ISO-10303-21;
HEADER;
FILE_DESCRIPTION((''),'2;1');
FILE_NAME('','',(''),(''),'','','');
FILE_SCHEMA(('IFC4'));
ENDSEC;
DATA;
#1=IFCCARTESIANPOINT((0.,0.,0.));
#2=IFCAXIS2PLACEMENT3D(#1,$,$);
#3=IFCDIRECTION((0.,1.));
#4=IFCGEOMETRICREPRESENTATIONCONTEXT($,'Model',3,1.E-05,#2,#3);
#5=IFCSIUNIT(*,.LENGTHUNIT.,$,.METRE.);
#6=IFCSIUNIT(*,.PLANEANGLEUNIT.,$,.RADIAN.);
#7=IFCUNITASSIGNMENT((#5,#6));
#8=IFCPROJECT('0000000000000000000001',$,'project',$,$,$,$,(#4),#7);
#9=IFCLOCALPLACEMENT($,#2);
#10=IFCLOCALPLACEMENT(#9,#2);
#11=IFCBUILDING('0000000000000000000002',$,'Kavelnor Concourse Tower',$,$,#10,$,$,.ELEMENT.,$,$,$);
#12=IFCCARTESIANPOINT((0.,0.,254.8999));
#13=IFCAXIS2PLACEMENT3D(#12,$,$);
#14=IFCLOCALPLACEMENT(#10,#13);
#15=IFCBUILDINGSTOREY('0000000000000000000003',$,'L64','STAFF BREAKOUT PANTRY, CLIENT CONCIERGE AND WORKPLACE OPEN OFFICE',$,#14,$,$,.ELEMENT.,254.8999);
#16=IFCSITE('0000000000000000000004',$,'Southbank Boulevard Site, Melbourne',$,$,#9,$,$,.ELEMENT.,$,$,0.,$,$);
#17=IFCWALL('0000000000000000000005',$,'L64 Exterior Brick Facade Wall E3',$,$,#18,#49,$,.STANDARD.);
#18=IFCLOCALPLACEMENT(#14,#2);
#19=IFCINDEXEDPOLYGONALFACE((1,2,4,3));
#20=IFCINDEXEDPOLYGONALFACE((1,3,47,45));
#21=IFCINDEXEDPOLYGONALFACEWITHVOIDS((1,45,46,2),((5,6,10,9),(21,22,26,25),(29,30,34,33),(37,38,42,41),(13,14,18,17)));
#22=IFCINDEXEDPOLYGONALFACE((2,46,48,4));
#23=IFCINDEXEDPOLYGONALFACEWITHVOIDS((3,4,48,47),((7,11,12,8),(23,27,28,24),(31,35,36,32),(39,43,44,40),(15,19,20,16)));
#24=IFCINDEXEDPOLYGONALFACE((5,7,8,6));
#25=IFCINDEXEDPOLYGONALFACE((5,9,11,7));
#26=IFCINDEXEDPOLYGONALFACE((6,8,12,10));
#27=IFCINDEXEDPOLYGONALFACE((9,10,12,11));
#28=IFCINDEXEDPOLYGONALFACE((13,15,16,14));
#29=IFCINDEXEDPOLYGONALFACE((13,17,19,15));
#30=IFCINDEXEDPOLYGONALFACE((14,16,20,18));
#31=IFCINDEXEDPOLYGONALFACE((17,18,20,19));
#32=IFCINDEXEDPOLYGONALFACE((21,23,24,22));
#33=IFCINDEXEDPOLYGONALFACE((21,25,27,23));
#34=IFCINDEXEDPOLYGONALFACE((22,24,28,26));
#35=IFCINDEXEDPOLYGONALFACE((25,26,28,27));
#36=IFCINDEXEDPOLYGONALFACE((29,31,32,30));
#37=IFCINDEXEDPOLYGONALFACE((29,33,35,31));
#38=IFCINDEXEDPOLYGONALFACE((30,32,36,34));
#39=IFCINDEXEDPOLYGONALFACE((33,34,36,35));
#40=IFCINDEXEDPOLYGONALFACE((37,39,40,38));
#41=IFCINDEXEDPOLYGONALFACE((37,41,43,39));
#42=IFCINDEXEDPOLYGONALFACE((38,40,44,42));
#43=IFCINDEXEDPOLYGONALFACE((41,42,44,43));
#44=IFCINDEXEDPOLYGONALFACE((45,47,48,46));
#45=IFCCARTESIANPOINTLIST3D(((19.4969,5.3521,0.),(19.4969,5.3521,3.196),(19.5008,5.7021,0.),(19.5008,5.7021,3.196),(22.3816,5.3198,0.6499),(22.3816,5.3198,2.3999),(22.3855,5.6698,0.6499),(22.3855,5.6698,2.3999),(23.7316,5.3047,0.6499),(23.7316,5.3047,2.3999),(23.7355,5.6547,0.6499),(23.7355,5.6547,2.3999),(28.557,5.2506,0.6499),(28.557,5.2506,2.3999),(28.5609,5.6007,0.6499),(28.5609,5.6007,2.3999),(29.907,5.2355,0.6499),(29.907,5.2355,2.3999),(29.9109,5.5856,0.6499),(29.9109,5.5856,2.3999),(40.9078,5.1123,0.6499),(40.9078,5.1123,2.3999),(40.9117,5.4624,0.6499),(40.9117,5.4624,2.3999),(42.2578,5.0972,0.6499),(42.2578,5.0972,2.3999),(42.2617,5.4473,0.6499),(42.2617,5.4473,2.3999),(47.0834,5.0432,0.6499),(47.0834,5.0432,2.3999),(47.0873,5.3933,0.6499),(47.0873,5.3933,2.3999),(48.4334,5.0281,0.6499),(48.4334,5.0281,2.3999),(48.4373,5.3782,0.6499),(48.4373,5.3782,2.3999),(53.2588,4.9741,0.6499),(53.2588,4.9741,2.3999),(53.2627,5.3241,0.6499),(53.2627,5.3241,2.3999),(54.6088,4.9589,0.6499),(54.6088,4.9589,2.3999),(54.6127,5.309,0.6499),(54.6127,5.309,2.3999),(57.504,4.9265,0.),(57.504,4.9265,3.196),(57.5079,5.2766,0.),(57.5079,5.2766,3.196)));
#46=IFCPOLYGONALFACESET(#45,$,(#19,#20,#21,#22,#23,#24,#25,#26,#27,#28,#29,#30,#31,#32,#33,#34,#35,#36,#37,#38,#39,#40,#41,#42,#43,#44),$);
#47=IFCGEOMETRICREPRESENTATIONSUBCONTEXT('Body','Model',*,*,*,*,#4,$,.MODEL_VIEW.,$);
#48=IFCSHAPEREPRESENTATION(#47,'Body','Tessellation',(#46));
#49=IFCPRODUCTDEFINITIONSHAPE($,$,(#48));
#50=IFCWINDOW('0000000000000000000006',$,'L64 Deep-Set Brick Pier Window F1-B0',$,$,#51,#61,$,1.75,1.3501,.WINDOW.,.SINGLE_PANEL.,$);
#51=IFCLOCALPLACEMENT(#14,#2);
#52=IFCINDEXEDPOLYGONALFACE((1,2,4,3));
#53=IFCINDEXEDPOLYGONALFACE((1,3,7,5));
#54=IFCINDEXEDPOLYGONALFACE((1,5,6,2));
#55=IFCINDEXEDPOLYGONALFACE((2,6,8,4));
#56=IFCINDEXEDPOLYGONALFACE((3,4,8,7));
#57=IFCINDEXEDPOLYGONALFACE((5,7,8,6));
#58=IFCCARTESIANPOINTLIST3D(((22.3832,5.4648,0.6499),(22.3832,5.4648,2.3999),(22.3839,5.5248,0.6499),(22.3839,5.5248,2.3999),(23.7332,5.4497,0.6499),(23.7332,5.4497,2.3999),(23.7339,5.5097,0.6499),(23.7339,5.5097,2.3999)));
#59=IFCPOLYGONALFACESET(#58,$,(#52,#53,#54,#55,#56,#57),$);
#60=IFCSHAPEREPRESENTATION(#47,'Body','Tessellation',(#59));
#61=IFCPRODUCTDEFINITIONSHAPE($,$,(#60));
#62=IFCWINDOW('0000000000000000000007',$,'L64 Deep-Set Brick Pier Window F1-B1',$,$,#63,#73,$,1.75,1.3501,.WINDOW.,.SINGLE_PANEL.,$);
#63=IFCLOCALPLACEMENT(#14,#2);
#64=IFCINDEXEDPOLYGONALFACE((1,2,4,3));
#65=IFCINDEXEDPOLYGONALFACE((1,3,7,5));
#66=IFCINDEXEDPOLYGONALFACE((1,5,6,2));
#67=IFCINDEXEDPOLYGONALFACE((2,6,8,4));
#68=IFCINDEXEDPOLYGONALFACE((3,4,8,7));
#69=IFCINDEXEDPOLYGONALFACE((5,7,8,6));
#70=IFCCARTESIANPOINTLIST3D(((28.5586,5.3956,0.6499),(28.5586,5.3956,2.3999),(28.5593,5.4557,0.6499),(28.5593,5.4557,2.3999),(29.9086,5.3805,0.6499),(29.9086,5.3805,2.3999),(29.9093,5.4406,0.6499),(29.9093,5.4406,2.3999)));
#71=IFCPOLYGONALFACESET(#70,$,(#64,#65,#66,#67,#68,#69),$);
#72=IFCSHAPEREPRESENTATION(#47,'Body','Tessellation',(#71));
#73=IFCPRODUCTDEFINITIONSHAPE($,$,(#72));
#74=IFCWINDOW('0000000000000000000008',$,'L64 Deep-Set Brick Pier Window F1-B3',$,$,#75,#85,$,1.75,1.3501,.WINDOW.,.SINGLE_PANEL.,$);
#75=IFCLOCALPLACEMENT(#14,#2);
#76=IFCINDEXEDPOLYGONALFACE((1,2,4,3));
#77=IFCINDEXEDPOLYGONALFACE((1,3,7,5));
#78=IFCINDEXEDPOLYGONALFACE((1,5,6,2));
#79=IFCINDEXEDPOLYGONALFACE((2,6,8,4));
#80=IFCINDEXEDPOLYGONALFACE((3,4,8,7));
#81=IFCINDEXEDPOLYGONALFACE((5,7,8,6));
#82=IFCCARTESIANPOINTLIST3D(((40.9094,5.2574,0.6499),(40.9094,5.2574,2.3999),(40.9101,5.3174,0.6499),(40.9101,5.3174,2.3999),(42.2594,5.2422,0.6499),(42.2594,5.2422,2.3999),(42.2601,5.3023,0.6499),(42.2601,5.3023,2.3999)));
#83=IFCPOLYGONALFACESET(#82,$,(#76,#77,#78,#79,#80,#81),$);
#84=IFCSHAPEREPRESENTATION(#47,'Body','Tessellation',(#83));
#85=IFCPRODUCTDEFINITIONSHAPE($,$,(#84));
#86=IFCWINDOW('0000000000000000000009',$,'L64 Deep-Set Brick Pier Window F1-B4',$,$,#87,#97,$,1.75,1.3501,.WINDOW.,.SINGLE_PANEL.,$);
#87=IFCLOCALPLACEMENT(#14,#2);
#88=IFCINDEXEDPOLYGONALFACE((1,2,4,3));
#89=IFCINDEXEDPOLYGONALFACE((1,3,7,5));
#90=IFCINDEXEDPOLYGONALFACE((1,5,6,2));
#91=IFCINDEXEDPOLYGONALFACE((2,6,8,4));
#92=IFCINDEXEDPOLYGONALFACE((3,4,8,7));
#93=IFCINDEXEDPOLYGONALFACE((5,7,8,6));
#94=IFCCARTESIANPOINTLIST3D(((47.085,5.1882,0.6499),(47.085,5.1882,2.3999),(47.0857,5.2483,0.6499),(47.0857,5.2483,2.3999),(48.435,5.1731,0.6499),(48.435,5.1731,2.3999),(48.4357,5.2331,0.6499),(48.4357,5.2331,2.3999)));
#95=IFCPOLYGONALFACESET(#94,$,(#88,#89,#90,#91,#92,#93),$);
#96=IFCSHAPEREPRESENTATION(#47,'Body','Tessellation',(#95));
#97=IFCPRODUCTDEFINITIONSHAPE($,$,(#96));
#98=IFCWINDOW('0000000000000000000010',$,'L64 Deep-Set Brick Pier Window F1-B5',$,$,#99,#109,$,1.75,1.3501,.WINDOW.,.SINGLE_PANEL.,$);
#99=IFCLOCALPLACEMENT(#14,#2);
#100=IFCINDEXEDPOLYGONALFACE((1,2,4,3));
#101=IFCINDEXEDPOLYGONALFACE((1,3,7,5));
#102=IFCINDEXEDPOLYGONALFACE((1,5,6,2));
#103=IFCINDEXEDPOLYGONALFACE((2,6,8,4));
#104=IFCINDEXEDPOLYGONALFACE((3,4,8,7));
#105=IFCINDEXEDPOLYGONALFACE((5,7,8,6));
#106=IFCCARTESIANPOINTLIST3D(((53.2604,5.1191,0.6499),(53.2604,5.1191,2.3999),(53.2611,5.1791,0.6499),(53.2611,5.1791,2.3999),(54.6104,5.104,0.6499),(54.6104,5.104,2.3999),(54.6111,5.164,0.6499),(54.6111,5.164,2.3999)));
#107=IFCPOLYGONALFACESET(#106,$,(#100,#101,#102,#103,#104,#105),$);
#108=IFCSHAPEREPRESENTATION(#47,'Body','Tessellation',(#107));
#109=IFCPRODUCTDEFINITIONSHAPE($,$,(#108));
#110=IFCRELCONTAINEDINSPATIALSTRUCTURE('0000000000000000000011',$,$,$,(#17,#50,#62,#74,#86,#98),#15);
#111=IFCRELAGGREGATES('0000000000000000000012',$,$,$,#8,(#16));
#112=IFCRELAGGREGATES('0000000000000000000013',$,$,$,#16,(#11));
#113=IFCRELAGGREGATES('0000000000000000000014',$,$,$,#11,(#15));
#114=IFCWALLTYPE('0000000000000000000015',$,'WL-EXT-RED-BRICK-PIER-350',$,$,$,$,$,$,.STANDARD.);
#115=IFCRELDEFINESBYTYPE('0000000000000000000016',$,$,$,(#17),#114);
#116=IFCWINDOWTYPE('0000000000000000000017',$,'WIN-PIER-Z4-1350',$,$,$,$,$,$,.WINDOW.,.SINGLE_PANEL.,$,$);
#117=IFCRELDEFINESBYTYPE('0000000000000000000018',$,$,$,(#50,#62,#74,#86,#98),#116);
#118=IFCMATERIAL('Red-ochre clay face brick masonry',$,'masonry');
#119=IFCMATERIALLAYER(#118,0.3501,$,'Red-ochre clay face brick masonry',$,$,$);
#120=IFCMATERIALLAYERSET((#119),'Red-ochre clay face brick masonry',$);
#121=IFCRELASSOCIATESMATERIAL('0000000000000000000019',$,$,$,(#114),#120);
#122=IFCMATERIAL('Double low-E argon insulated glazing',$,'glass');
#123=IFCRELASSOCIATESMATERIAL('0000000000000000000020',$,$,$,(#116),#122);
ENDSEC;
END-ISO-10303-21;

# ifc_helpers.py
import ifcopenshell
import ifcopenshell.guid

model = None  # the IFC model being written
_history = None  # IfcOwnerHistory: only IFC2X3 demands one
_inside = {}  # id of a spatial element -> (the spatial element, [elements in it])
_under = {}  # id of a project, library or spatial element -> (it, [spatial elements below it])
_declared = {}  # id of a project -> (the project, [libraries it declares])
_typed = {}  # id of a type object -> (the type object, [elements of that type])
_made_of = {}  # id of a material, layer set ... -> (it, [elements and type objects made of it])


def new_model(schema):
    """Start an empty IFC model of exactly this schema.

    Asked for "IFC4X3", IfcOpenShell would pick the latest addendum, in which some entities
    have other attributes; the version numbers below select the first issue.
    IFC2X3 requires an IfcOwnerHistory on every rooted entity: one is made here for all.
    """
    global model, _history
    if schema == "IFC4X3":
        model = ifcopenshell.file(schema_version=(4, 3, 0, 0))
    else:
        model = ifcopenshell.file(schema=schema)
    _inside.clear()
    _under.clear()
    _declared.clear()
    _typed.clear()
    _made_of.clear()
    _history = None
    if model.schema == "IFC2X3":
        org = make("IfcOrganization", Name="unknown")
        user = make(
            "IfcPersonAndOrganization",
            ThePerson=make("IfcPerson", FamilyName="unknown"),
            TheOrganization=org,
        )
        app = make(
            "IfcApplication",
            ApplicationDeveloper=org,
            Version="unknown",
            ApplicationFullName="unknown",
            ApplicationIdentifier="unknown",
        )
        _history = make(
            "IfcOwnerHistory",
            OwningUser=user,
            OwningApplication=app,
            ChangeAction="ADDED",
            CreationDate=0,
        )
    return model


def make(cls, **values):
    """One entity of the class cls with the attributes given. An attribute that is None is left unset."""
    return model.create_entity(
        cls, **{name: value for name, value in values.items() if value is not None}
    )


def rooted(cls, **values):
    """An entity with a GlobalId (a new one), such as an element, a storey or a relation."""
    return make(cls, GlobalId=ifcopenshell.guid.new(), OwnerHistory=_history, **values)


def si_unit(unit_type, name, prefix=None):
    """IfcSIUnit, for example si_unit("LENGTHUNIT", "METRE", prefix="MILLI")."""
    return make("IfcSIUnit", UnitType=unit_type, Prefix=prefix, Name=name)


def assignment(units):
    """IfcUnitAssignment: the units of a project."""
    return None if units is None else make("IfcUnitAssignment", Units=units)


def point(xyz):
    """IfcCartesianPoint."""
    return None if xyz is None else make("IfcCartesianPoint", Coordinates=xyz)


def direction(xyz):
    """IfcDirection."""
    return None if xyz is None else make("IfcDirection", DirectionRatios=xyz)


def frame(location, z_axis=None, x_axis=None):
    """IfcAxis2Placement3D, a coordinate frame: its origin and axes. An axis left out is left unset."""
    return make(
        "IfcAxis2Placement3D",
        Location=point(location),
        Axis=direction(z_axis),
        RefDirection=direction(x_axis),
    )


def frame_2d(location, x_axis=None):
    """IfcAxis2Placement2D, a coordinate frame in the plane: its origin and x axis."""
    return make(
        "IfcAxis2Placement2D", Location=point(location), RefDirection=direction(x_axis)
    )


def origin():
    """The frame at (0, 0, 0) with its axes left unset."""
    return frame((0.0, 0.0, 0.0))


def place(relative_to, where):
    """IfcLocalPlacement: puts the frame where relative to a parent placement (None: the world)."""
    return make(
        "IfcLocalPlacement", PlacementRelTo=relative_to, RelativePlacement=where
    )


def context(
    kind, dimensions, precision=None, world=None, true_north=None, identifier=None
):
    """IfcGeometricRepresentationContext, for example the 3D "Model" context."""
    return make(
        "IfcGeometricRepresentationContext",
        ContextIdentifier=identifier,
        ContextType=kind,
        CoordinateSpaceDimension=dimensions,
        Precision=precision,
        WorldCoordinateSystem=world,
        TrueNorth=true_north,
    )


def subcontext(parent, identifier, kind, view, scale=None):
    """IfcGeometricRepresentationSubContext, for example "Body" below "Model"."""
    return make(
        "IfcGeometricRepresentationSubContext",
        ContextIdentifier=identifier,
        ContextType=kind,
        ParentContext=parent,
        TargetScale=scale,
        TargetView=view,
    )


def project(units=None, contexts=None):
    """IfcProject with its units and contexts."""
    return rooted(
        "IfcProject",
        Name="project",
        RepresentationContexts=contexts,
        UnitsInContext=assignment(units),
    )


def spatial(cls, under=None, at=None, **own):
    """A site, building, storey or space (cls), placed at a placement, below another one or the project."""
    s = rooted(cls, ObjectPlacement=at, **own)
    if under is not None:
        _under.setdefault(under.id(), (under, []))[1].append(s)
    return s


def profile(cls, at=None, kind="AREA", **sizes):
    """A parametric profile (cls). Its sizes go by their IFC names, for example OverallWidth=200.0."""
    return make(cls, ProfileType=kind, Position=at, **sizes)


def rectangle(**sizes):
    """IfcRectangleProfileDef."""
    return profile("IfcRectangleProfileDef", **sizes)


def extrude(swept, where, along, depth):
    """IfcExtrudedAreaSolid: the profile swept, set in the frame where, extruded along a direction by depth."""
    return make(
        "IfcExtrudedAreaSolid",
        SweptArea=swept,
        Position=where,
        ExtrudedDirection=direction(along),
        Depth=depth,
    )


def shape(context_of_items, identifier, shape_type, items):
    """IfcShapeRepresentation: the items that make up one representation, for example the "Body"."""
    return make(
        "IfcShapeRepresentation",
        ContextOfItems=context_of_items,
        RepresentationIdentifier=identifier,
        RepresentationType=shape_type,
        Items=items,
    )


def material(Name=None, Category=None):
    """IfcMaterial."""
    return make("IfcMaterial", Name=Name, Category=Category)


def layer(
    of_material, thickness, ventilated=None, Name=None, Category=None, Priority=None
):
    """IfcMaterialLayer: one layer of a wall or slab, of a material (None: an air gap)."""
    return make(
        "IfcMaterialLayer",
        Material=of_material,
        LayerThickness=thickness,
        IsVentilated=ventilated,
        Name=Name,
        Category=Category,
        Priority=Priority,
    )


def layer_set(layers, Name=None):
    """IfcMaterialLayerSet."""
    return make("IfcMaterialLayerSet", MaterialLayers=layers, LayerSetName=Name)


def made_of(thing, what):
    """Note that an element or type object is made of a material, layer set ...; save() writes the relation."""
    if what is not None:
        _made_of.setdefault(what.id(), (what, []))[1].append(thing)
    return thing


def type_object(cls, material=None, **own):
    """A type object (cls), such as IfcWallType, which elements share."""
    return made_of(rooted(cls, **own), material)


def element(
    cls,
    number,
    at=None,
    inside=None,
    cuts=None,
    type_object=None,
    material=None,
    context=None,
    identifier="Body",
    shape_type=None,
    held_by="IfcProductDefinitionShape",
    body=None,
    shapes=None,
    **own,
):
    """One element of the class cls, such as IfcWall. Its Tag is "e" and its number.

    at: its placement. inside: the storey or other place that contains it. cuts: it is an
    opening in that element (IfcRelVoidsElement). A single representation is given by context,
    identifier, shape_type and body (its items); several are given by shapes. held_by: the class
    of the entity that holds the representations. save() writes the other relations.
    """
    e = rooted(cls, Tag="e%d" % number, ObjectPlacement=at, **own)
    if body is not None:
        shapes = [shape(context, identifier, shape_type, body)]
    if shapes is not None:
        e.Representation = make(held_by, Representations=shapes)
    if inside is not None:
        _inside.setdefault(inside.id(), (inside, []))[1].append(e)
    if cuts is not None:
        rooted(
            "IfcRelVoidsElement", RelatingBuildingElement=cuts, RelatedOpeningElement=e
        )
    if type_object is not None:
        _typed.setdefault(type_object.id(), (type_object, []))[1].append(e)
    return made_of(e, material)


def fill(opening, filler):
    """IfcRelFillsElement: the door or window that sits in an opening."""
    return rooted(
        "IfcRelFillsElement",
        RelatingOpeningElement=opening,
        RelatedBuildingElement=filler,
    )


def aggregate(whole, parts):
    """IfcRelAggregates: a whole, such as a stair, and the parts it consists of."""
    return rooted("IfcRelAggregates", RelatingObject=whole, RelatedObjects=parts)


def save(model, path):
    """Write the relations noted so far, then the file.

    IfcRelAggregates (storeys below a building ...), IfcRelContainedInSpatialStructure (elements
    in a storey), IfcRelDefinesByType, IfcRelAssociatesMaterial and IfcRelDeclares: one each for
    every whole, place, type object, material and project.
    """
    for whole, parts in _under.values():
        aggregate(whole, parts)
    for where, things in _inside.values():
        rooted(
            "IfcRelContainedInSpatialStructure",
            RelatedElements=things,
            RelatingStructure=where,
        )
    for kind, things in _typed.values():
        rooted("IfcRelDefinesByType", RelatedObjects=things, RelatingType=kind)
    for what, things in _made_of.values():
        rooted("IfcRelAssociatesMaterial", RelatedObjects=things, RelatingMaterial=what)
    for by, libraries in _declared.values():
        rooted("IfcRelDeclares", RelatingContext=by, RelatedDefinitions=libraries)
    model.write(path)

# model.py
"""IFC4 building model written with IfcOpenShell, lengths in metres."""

from ifc_helpers import new_model, si_unit, direction, frame, frame_2d, origin, place, context, subcontext, project, spatial, rectangle, extrude, material, layer, layer_set, type_object, element, fill, save


model = new_model("IFC4")

# Units and contexts
model_context = context("Model", 3, precision=1e-05, world=origin(), true_north=direction((0.0, 1.0)))
body_context = subcontext(model_context, "Body", "Model", "MODEL_VIEW")
ifc_project = project(units=[si_unit("LENGTHUNIT", "METRE"), si_unit("PLANEANGLEUNIT", "RADIAN")], contexts=[model_context])

# Site, building, storey
site_placement = place(None, origin())
site = spatial("IfcSite", under=ifc_project, at=site_placement, Name="Southbank Boulevard Site, Melbourne", CompositionType="ELEMENT", RefElevation=0.0)
building_placement = place(site_placement, origin())
building = spatial("IfcBuilding", under=site, at=building_placement, Name="Kavelnor Concourse Tower", CompositionType="ELEMENT")
storey_placement = place(building_placement, frame((0.0, 0.0, 254.8999)))
storey = spatial("IfcBuildingStorey", under=building, at=storey_placement, Name="L64", Description="STAFF BREAKOUT PANTRY, CLIENT CONCIERGE AND WORKPLACE OPEN OFFICE", CompositionType="ELEMENT", Elevation=254.8999)

# Shared definitions
ifc_material_1 = material(Name="Double low-E argon insulated glazing", Category="glass")

# Wall, openings, windows
ifc_material_2 = material(Name="Red-ochre clay face brick masonry", Category="masonry")
ifc_layer_1 = layer(ifc_material_2, 0.3501, Name="Red-ochre clay face brick masonry")
ifc_layer_set_1 = layer_set([ifc_layer_1], Name="Red-ochre clay face brick masonry")
wall_type_1 = type_object("IfcWallType", Name="WL-EXT-RED-BRICK-PIER-350", PredefinedType="STANDARD", material=ifc_layer_set_1)
wall_1_placement = place(storey_placement, frame((57.5061, 5.1016, 0.0), z_axis=(0.0, 0.0, 1.0), x_axis=(-0.999937, 0.011196, 0.0)))
wall_1 = element("IfcWall", 1, at=wall_1_placement, inside=storey, type_object=wall_type_1, Name="L64 Exterior Brick Facade Wall E3", PredefinedType="STANDARD", context=body_context, shape_type="SweptSolid", body=[
    extrude(rectangle(XDim=38.0095, YDim=0.3501, at=frame_2d((19.0049, 0.0))), origin(), (0.0, 0.0, 1.0), 3.196),
])
opening_1_placement = place(wall_1_placement, frame((33.7747, 0.0, 0.6499)))
opening_1 = element("IfcOpeningElement", 2, at=opening_1_placement, cuts=wall_1, PredefinedType="OPENING", context=body_context, shape_type="SweptSolid", body=[
    extrude(rectangle(XDim=1.3501, YDim=1.75, at=frame_2d((0.675, 0.875))), frame((0.0, 0.1851, 0.0), z_axis=(0.0, -1.0, 0.0), x_axis=(1.0, 0.0, 0.0)), (0.0, 0.0, 1.0), 0.3701),
])
opening_2_placement = place(wall_1_placement, frame((27.5989, 0.0, 0.6499)))
opening_2 = element("IfcOpeningElement", 3, at=opening_2_placement, cuts=wall_1, PredefinedType="OPENING", context=body_context, shape_type="SweptSolid", body=[
    extrude(rectangle(XDim=1.3501, YDim=1.75, at=frame_2d((0.675, 0.875))), frame((0.0, 0.1851, 0.0), z_axis=(0.0, -1.0, 0.0), x_axis=(1.0, 0.0, 0.0)), (0.0, 0.0, 1.0), 0.3701),
])
opening_3_placement = place(wall_1_placement, frame((15.2473, 0.0, 0.6499)))
opening_3 = element("IfcOpeningElement", 4, at=opening_3_placement, cuts=wall_1, PredefinedType="OPENING", context=body_context, shape_type="SweptSolid", body=[
    extrude(rectangle(XDim=1.3501, YDim=1.75, at=frame_2d((0.675, 0.875))), frame((0.0, 0.1851, 0.0), z_axis=(0.0, -1.0, 0.0), x_axis=(1.0, 0.0, 0.0)), (0.0, 0.0, 1.0), 0.3701),
])
opening_4_placement = place(wall_1_placement, frame((9.0713, 0.0, 0.6499)))
opening_4 = element("IfcOpeningElement", 5, at=opening_4_placement, cuts=wall_1, PredefinedType="OPENING", context=body_context, shape_type="SweptSolid", body=[
    extrude(rectangle(XDim=1.3501, YDim=1.75, at=frame_2d((0.675, 0.875))), frame((0.0, 0.1851, 0.0), z_axis=(0.0, -1.0, 0.0), x_axis=(1.0, 0.0, 0.0)), (0.0, 0.0, 1.0), 0.3701),
])
opening_5_placement = place(wall_1_placement, frame((2.8955, 0.0, 0.6499)))
opening_5 = element("IfcOpeningElement", 6, at=opening_5_placement, cuts=wall_1, PredefinedType="OPENING", context=body_context, shape_type="SweptSolid", body=[
    extrude(rectangle(XDim=1.3501, YDim=1.75, at=frame_2d((0.675, 0.875))), frame((0.0, 0.1851, 0.0), z_axis=(0.0, -1.0, 0.0), x_axis=(1.0, 0.0, 0.0)), (0.0, 0.0, 1.0), 0.3701),
])
window_type_1 = type_object("IfcWindowType", Name="WIN-PIER-Z4-1350", PartitioningType="SINGLE_PANEL", PredefinedType="WINDOW", material=ifc_material_1)
window_1_placement = place(opening_1_placement, origin())
window_1 = element("IfcWindow", 7, at=window_1_placement, inside=storey, type_object=window_type_1, Name="L64 Deep-Set Brick Pier Window F1-B0", OverallHeight=1.75, OverallWidth=1.3501, PartitioningType="SINGLE_PANEL", PredefinedType="WINDOW", context=body_context, shape_type="SweptSolid", body=[
    extrude(rectangle(XDim=1.3501, YDim=1.75, at=frame_2d((0.675, 0.875))), frame((0.0, 0.03, 0.0), z_axis=(0.0, -1.0, 0.0), x_axis=(1.0, 0.0, 0.0)), (0.0, 0.0, 1.0), 0.0601),
])
fill(opening_1, window_1)
window_2_placement = place(opening_2_placement, origin())
window_2 = element("IfcWindow", 8, at=window_2_placement, inside=storey, type_object=window_type_1, Name="L64 Deep-Set Brick Pier Window F1-B1", OverallHeight=1.75, OverallWidth=1.3501, PartitioningType="SINGLE_PANEL", PredefinedType="WINDOW", context=body_context, shape_type="SweptSolid", body=[
    extrude(rectangle(XDim=1.3501, YDim=1.75, at=frame_2d((0.675, 0.875))), frame((0.0, 0.03, 0.0), z_axis=(0.0, -1.0, 0.0), x_axis=(1.0, 0.0, 0.0)), (0.0, 0.0, 1.0), 0.0601),
])
fill(opening_2, window_2)
window_3_placement = place(opening_3_placement, origin())
window_3 = element("IfcWindow", 9, at=window_3_placement, inside=storey, type_object=window_type_1, Name="L64 Deep-Set Brick Pier Window F1-B3", OverallHeight=1.75, OverallWidth=1.3501, PartitioningType="SINGLE_PANEL", PredefinedType="WINDOW", context=body_context, shape_type="SweptSolid", body=[
    extrude(rectangle(XDim=1.3501, YDim=1.75, at=frame_2d((0.675, 0.875))), frame((0.0, 0.03, 0.0), z_axis=(0.0, -1.0, 0.0), x_axis=(1.0, 0.0, 0.0)), (0.0, 0.0, 1.0), 0.0601),
])
fill(opening_3, window_3)
window_4_placement = place(opening_4_placement, origin())
window_4 = element("IfcWindow", 10, at=window_4_placement, inside=storey, type_object=window_type_1, Name="L64 Deep-Set Brick Pier Window F1-B4", OverallHeight=1.75, OverallWidth=1.3501, PartitioningType="SINGLE_PANEL", PredefinedType="WINDOW", context=body_context, shape_type="SweptSolid", body=[
    extrude(rectangle(XDim=1.3501, YDim=1.75, at=frame_2d((0.675, 0.875))), frame((0.0, 0.03, 0.0), z_axis=(0.0, -1.0, 0.0), x_axis=(1.0, 0.0, 0.0)), (0.0, 0.0, 1.0), 0.0601),
])
fill(opening_4, window_4)
window_5_placement = place(opening_5_placement, origin())
window_5 = element("IfcWindow", 11, at=window_5_placement, inside=storey, type_object=window_type_1, Name="L64 Deep-Set Brick Pier Window F1-B5", OverallHeight=1.75, OverallWidth=1.3501, PartitioningType="SINGLE_PANEL", PredefinedType="WINDOW", context=body_context, shape_type="SweptSolid", body=[
    extrude(rectangle(XDim=1.3501, YDim=1.75, at=frame_2d((0.675, 0.875))), frame((0.0, 0.03, 0.0), z_axis=(0.0, -1.0, 0.0), x_axis=(1.0, 0.0, 0.0)), (0.0, 0.0, 1.0), 0.0601),
])
fill(opening_5, window_5)

save(model, "model.ifc")
